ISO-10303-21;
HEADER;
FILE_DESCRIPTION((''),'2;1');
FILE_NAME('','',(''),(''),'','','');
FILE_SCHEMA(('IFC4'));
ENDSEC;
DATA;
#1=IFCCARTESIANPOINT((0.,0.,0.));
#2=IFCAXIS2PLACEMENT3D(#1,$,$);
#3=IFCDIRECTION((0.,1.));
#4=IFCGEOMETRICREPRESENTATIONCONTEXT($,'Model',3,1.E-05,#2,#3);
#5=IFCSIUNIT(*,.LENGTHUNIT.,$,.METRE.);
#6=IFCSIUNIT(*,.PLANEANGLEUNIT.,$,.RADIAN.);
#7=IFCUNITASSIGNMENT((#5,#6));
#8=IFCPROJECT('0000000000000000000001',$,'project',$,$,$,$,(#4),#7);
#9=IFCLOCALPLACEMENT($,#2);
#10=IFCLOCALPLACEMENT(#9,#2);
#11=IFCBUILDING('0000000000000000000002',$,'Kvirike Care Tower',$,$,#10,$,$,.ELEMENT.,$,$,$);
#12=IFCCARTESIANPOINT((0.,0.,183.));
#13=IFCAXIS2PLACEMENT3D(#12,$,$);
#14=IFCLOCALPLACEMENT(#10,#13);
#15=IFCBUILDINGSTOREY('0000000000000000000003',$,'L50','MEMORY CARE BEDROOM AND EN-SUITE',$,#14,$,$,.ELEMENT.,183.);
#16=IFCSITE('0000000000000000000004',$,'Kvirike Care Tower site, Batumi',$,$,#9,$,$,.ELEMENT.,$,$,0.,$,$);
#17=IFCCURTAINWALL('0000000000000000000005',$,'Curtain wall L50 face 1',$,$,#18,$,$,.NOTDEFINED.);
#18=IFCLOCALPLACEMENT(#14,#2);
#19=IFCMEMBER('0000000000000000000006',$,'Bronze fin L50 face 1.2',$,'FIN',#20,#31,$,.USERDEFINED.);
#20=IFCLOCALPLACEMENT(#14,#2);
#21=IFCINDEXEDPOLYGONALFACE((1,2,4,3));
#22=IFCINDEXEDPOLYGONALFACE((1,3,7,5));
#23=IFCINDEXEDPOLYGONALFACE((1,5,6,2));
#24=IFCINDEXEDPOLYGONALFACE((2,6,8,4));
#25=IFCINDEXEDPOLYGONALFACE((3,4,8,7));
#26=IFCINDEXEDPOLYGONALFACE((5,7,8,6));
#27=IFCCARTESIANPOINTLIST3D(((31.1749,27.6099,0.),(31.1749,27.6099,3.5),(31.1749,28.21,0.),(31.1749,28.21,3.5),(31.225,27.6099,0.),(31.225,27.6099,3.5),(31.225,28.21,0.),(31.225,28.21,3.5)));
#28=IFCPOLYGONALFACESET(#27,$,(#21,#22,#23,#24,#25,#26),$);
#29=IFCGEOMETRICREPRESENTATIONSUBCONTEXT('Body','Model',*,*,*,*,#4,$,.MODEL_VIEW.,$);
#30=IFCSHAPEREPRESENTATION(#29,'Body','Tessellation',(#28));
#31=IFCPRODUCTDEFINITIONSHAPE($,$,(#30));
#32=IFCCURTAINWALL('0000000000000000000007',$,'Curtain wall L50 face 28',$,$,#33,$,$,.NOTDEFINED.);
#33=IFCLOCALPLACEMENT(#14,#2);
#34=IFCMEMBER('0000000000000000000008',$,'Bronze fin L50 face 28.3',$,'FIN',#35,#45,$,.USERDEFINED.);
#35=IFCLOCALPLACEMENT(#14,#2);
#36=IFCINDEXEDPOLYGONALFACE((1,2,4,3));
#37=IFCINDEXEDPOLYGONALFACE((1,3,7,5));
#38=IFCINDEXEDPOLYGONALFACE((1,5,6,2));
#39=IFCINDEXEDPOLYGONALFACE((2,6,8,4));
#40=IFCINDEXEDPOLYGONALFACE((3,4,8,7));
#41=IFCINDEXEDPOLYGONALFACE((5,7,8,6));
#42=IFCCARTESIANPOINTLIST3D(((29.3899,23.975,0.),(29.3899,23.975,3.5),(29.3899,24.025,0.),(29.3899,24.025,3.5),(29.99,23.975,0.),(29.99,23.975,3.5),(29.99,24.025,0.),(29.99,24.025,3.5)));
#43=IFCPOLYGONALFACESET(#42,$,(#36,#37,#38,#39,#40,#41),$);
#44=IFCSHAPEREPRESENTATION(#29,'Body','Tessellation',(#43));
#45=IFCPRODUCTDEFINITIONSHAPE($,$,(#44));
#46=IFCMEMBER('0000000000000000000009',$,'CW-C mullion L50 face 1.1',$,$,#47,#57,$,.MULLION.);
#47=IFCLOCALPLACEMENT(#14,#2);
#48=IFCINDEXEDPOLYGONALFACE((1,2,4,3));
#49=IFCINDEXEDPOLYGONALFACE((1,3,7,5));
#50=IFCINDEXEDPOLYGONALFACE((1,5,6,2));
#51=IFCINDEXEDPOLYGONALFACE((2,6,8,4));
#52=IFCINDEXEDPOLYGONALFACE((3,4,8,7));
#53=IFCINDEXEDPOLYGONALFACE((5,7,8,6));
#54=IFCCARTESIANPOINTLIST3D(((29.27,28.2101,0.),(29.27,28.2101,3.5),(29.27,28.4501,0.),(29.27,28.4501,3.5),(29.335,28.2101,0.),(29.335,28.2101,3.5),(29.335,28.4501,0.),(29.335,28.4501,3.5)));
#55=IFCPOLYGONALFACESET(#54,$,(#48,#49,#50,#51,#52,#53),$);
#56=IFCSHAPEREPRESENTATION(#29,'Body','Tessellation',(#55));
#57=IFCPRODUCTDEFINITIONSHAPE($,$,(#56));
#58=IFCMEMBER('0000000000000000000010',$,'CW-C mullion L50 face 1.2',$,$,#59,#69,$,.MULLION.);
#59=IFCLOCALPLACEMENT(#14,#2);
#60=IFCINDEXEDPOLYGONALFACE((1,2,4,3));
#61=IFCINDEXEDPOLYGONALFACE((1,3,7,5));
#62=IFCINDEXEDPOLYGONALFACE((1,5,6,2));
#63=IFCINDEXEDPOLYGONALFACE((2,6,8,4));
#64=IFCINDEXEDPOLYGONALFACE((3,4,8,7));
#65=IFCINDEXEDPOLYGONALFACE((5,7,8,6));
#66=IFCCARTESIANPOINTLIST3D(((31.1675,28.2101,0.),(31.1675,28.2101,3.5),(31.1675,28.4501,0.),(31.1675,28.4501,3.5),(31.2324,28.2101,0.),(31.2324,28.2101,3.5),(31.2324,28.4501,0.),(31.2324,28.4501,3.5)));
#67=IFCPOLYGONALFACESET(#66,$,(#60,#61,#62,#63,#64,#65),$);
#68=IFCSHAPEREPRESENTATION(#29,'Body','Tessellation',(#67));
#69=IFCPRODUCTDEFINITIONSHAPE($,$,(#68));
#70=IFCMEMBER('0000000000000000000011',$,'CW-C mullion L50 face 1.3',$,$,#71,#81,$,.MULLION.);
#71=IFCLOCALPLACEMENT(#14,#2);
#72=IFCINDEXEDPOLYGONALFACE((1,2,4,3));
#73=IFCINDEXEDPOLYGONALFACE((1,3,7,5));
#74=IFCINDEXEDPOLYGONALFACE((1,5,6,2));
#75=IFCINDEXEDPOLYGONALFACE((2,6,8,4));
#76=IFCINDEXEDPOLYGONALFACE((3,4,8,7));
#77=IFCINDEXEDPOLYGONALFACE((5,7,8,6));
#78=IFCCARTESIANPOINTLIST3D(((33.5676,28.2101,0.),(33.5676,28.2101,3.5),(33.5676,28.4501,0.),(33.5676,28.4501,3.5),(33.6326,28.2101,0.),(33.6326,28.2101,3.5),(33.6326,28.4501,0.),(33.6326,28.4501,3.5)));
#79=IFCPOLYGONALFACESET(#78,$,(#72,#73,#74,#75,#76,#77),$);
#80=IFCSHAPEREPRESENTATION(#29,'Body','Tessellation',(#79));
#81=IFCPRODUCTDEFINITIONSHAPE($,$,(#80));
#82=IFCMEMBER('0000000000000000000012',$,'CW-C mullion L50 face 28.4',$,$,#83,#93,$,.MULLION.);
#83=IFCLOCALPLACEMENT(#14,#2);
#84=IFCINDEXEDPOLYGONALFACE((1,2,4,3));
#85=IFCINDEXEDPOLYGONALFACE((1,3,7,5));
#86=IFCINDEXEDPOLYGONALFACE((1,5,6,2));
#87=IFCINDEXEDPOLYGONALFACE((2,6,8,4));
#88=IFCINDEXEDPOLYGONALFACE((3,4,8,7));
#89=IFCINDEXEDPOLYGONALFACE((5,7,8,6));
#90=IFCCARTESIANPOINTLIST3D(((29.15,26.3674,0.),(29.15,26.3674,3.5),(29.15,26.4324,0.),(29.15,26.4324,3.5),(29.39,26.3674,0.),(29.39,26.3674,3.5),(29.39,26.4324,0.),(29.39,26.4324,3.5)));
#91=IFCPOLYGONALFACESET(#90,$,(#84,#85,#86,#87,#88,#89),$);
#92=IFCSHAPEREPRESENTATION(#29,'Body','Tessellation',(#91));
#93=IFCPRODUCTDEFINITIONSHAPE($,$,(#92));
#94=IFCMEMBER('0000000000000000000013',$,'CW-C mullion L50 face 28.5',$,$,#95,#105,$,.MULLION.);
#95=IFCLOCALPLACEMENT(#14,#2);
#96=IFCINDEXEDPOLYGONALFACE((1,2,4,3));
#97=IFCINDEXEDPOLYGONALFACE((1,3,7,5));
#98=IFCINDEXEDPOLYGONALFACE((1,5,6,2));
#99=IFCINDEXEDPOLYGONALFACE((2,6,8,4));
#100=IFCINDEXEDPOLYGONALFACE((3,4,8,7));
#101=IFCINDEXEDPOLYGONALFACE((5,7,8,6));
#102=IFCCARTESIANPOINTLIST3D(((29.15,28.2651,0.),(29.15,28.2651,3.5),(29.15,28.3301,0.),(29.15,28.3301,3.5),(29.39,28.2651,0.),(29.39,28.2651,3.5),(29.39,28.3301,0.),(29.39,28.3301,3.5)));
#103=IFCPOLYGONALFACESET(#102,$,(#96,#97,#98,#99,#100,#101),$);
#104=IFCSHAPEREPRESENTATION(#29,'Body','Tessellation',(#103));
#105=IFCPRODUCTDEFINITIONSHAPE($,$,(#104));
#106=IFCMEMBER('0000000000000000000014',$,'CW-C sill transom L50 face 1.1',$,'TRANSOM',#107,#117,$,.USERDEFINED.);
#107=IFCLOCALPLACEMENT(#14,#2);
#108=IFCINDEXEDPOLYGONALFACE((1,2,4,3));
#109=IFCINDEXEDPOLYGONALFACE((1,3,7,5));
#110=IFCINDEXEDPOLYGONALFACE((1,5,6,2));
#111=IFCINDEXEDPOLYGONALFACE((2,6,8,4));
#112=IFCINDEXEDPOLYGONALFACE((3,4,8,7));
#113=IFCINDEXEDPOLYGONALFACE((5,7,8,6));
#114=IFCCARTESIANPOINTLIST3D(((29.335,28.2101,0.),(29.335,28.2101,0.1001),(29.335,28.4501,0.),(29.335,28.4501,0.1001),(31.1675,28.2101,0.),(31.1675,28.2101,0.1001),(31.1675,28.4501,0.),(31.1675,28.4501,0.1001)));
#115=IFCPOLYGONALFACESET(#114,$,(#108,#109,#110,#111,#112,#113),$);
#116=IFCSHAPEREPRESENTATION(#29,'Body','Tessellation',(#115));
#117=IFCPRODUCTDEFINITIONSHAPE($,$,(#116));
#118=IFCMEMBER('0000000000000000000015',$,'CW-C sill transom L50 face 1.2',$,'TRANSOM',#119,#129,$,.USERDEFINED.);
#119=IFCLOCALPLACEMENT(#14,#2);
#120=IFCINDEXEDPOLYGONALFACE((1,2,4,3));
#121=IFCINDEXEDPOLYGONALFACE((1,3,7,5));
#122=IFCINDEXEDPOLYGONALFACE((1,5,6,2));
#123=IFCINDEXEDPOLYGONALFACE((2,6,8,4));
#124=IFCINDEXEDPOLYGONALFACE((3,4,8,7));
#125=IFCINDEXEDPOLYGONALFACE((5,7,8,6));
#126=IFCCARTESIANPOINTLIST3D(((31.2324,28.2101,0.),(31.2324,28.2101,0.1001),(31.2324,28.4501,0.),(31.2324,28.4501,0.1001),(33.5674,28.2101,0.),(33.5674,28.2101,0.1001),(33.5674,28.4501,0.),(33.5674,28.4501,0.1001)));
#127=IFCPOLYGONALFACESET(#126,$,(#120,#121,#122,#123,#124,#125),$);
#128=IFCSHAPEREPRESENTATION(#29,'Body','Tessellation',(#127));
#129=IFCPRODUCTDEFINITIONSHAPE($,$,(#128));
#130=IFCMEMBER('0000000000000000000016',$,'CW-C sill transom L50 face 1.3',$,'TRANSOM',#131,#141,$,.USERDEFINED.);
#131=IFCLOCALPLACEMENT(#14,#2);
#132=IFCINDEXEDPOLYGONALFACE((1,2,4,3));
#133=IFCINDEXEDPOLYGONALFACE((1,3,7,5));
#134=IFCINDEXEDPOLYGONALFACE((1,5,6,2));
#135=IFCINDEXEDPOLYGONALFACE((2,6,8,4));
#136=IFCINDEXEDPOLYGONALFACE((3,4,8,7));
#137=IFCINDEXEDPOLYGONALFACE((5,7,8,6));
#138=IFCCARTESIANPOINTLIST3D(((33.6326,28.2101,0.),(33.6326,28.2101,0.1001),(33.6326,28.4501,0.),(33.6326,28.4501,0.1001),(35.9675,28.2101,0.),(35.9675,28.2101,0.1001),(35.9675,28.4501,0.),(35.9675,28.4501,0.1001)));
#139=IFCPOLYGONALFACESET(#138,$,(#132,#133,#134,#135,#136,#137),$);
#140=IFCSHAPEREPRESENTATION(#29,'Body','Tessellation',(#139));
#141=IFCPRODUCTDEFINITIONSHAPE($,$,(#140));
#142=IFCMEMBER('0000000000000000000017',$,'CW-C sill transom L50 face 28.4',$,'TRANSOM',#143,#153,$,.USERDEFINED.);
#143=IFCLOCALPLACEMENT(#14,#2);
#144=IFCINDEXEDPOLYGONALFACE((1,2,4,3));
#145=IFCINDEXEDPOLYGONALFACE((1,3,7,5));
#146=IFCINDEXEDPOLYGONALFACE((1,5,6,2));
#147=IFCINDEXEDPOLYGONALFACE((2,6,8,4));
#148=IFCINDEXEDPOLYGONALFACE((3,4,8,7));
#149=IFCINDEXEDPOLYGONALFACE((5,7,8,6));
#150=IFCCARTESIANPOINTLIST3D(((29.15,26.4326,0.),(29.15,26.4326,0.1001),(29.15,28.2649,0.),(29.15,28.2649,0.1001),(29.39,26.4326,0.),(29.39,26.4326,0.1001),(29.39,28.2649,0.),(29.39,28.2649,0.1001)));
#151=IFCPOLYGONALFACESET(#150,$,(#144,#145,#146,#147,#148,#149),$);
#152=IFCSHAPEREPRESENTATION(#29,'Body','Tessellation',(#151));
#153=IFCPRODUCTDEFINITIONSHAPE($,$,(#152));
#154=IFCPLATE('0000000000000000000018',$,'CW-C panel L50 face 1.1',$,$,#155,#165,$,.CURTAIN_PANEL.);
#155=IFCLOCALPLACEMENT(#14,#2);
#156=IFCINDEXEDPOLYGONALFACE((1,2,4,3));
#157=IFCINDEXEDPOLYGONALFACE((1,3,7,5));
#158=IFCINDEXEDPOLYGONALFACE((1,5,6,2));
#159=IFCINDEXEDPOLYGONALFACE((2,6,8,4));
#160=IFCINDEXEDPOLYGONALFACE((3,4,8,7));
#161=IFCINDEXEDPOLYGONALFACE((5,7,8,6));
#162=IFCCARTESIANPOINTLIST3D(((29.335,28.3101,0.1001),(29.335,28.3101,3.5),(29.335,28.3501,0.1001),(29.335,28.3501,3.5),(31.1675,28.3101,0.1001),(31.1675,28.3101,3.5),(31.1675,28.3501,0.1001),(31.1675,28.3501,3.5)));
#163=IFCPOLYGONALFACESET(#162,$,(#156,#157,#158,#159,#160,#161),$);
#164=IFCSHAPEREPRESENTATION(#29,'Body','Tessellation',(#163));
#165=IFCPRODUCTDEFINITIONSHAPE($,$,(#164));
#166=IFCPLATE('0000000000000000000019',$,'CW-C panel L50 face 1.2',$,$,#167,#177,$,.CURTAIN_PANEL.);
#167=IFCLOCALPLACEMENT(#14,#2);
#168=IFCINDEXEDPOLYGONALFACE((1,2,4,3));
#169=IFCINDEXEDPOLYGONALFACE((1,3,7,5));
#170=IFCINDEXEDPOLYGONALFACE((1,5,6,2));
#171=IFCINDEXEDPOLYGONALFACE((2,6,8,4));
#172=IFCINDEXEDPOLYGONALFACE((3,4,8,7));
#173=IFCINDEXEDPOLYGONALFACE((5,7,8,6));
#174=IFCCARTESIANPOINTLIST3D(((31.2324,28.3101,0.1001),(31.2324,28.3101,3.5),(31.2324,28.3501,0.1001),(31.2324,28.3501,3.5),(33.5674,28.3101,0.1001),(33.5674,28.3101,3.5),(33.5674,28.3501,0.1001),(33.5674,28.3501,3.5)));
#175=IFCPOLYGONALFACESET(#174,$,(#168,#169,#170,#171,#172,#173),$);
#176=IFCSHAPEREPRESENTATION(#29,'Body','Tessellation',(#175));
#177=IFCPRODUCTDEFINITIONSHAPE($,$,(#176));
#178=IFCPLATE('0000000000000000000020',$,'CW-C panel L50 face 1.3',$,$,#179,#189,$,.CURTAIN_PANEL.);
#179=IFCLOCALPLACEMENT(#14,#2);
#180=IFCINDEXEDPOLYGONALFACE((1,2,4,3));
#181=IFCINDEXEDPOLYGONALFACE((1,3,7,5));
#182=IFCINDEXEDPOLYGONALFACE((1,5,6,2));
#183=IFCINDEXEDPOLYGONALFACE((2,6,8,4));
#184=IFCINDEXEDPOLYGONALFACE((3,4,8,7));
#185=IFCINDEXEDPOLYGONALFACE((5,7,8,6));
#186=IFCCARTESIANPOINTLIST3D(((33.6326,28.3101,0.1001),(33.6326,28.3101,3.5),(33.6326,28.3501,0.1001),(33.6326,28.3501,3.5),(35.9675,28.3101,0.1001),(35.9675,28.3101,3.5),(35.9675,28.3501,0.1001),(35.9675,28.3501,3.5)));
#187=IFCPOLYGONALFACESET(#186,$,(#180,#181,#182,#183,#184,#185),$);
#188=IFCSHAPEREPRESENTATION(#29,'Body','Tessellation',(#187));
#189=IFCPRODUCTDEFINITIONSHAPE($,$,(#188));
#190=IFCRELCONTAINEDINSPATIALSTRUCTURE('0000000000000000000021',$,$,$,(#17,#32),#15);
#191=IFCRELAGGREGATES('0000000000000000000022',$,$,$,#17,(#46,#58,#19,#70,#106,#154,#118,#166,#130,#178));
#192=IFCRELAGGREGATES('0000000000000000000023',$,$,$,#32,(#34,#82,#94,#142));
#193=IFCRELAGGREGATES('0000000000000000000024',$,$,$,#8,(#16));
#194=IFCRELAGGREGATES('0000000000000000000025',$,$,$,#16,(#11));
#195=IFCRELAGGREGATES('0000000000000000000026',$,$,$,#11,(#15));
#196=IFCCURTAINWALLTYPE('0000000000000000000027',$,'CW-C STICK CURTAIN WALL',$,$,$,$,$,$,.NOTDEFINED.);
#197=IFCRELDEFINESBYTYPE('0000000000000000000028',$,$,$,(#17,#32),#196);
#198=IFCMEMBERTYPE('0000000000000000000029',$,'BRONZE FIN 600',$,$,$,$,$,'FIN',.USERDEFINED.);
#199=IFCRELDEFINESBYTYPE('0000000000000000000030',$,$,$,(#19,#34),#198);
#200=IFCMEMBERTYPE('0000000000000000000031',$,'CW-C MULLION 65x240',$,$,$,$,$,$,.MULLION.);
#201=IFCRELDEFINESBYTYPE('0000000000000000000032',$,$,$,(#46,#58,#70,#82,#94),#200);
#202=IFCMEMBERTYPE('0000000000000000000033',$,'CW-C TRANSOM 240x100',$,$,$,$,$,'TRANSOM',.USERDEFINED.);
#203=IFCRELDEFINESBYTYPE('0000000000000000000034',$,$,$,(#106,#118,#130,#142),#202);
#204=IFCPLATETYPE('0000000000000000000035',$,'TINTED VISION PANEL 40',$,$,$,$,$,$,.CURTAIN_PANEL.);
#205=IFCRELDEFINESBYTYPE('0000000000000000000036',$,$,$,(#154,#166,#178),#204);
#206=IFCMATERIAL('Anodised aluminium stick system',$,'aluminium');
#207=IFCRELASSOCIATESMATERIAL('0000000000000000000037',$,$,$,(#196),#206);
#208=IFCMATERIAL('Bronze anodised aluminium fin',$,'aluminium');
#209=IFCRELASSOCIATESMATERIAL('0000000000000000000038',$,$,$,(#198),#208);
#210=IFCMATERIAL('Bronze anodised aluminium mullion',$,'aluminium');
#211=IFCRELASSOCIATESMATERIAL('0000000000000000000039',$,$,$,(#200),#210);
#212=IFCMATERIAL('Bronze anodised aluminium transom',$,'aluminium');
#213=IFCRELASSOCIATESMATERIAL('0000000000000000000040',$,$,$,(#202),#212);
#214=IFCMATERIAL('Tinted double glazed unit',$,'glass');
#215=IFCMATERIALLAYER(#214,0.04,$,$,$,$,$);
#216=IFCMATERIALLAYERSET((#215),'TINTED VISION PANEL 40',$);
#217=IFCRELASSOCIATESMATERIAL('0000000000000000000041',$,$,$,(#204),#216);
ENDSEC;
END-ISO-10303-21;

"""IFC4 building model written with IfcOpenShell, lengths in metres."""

from ifc_helpers import new_model, si_unit, direction, frame, origin, origin_2d, place, context, subcontext, project, spatial, rectangle, extrude, material, layer, layer_set, material_profile, profile_set, type_object, element, aggregate, save


model = new_model("IFC4")

# Units and contexts
model_context = context("Model", 3, precision=1e-05, world=origin(), true_north=direction((0.0, 1.0)))
body_context = subcontext(model_context, "Body", "Model", "MODEL_VIEW")
ifc_project = project(units=[si_unit("LENGTHUNIT", "METRE"), si_unit("PLANEANGLEUNIT", "RADIAN")], contexts=[model_context])

# Site, building, storey
site_placement = place(None, origin())
site = spatial("IfcSite", under=ifc_project, at=site_placement, Name="Kvirike Care Tower site, Batumi", CompositionType="ELEMENT", RefElevation=0.0)
building_placement = place(site_placement, origin())
building = spatial("IfcBuilding", under=site, at=building_placement, Name="Kvirike Care Tower", CompositionType="ELEMENT")
storey_placement = place(building_placement, frame((0.0, 0.0, 183.0)))
storey = spatial("IfcBuildingStorey", under=building, at=storey_placement, Name="L50", Description="MEMORY CARE BEDROOM AND EN-SUITE", CompositionType="ELEMENT", Elevation=183.0)

# Curtain walls, members
ifc_material_1 = material(Name="Anodised aluminium stick system", Category="aluminium")
curtain_wall_type = type_object("IfcCurtainWallType", Name="CW-C STICK CURTAIN WALL", PredefinedType="NOTDEFINED", material=ifc_material_1)
curtain_wall_1_placement = place(storey_placement, origin())
curtain_wall_1 = element("IfcCurtainWall", 1, at=curtain_wall_1_placement, inside=storey, type_object=curtain_wall_type, Name="Curtain wall L50 face 1", PredefinedType="NOTDEFINED")
ifc_material_2 = material(Name="Bronze anodised aluminium fin", Category="aluminium")
ifc_material_profile_1 = material_profile(ifc_material_2, rectangle(XDim=0.05, YDim=0.6001, at=origin_2d()), Name="BRONZE FIN 600")
ifc_profile_set_1 = profile_set([ifc_material_profile_1], Name="Bronze anodised aluminium fin")
member_type_1 = type_object("IfcMemberType", Name="BRONZE FIN 600", ElementType="FIN", PredefinedType="USERDEFINED", material=ifc_profile_set_1)
member_1_placement = place(storey_placement, frame((31.2, 27.9099, 0.0), z_axis=(0.0, 0.0, 1.0), x_axis=(1.0, 0.0, 0.0)))
member_1 = element("IfcMember", 2, at=member_1_placement, type_object=member_type_1, Name="Bronze fin L50 face 1.2", ObjectType="FIN", PredefinedType="USERDEFINED", context=body_context, shape_type="SweptSolid", body=[
    extrude(rectangle(XDim=0.05, YDim=0.6001, at=origin_2d()), origin(), (0.0, 0.0, 1.0), 3.5),
])
curtain_wall_2_placement = place(storey_placement, origin())
curtain_wall_2 = element("IfcCurtainWall", 3, at=curtain_wall_2_placement, inside=storey, type_object=curtain_wall_type, Name="Curtain wall L50 face 28", PredefinedType="NOTDEFINED")
member_2_placement = place(storey_placement, frame((29.6899, 24.0, 0.0), z_axis=(0.0, 0.0, 1.0), x_axis=(0.0, 1.0, 0.0)))
member_2 = element("IfcMember", 4, at=member_2_placement, type_object=member_type_1, Name="Bronze fin L50 face 28.3", ObjectType="FIN", PredefinedType="USERDEFINED", context=body_context, shape_type="SweptSolid", body=[
    extrude(rectangle(XDim=0.05, YDim=0.6001, at=origin_2d()), origin(), (0.0, 0.0, 1.0), 3.5),
])

# Members
ifc_material_3 = material(Name="Bronze anodised aluminium mullion", Category="aluminium")
ifc_material_profile_2 = material_profile(ifc_material_3, rectangle(XDim=0.0649, YDim=0.24, at=origin_2d()), Name="CW-C MULLION 65x240")
ifc_profile_set_2 = profile_set([ifc_material_profile_2], Name="Bronze anodised aluminium mullion")
member_type_2 = type_object("IfcMemberType", Name="CW-C MULLION 65x240", PredefinedType="MULLION", material=ifc_profile_set_2)
member_3_placement = place(storey_placement, frame((29.3025, 28.3301, 0.0), z_axis=(0.0, 0.0, 1.0), x_axis=(1.0, 0.0, 0.0)))
member_3 = element("IfcMember", 5, at=member_3_placement, type_object=member_type_2, Name="CW-C mullion L50 face 1.1", PredefinedType="MULLION", context=body_context, shape_type="SweptSolid", body=[
    extrude(rectangle(XDim=0.0649, YDim=0.24, at=origin_2d()), origin(), (0.0, 0.0, 1.0), 3.5),
])
member_4_placement = place(storey_placement, frame((31.2, 28.3301, 0.0), z_axis=(0.0, 0.0, 1.0), x_axis=(1.0, 0.0, 0.0)))
member_4 = element("IfcMember", 6, at=member_4_placement, type_object=member_type_2, Name="CW-C mullion L50 face 1.2", PredefinedType="MULLION", context=body_context, shape_type="SweptSolid", body=[
    extrude(rectangle(XDim=0.0649, YDim=0.24, at=origin_2d()), origin(), (0.0, 0.0, 1.0), 3.5),
])
member_5_placement = place(storey_placement, frame((33.6001, 28.3301, 0.0), z_axis=(0.0, 0.0, 1.0), x_axis=(1.0, 0.0, 0.0)))
member_5 = element("IfcMember", 7, at=member_5_placement, type_object=member_type_2, Name="CW-C mullion L50 face 1.3", PredefinedType="MULLION", context=body_context, shape_type="SweptSolid", body=[
    extrude(rectangle(XDim=0.0649, YDim=0.24, at=origin_2d()), origin(), (0.0, 0.0, 1.0), 3.5),
])
member_6_placement = place(storey_placement, frame((29.27, 26.3999, 0.0), z_axis=(0.0, 0.0, 1.0), x_axis=(0.0, 1.0, 0.0)))
member_6 = element("IfcMember", 8, at=member_6_placement, type_object=member_type_2, Name="CW-C mullion L50 face 28.4", PredefinedType="MULLION", context=body_context, shape_type="SweptSolid", body=[
    extrude(rectangle(XDim=0.0649, YDim=0.24, at=origin_2d()), origin(), (0.0, 0.0, 1.0), 3.5),
])
member_7_placement = place(storey_placement, frame((29.27, 28.2976, 0.0), z_axis=(0.0, 0.0, 1.0), x_axis=(0.0, 1.0, 0.0)))
member_7 = element("IfcMember", 9, at=member_7_placement, type_object=member_type_2, Name="CW-C mullion L50 face 28.5", PredefinedType="MULLION", context=body_context, shape_type="SweptSolid", body=[
    extrude(rectangle(XDim=0.0649, YDim=0.24, at=origin_2d()), origin(), (0.0, 0.0, 1.0), 3.5),
])
ifc_material_4 = material(Name="Bronze anodised aluminium transom", Category="aluminium")
ifc_material_profile_3 = material_profile(ifc_material_4, rectangle(XDim=0.24, YDim=0.1001, at=origin_2d()), Name="CW-C TRANSOM 240x100")
ifc_profile_set_3 = profile_set([ifc_material_profile_3], Name="Bronze anodised aluminium transom")
member_type_3 = type_object("IfcMemberType", Name="CW-C TRANSOM 240x100", ElementType="TRANSOM", PredefinedType="USERDEFINED", material=ifc_profile_set_3)
member_8_placement = place(storey_placement, frame((29.335, 28.3301, 0.05), z_axis=(1.0, 0.0, 0.0), x_axis=(0.0, 1.0, 0.0)))
member_8 = element("IfcMember", 10, at=member_8_placement, type_object=member_type_3, Name="CW-C sill transom L50 face 1.1", ObjectType="TRANSOM", PredefinedType="USERDEFINED", context=body_context, shape_type="SweptSolid", body=[
    extrude(rectangle(XDim=0.24, YDim=0.1001, at=origin_2d()), origin(), (0.0, 0.0, 1.0), 1.8325),
])
member_9_placement = place(storey_placement, frame((31.2324, 28.3301, 0.05), z_axis=(1.0, 0.0, 0.0), x_axis=(0.0, 1.0, 0.0)))
member_9 = element("IfcMember", 11, at=member_9_placement, type_object=member_type_3, Name="CW-C sill transom L50 face 1.2", ObjectType="TRANSOM", PredefinedType="USERDEFINED", context=body_context, shape_type="SweptSolid", body=[
    extrude(rectangle(XDim=0.24, YDim=0.1001, at=origin_2d()), origin(), (0.0, 0.0, 1.0), 2.335),
])
member_10_placement = place(storey_placement, frame((33.6326, 28.3301, 0.05), z_axis=(1.0, 0.0, 0.0), x_axis=(0.0, 1.0, 0.0)))
member_10 = element("IfcMember", 12, at=member_10_placement, type_object=member_type_3, Name="CW-C sill transom L50 face 1.3", ObjectType="TRANSOM", PredefinedType="USERDEFINED", context=body_context, shape_type="SweptSolid", body=[
    extrude(rectangle(XDim=0.24, YDim=0.1001, at=origin_2d()), origin(), (0.0, 0.0, 1.0), 2.335),
])
member_11_placement = place(storey_placement, frame((29.27, 26.4326, 0.05), z_axis=(0.0, 1.0, 0.0), x_axis=(-1.0, 0.0, 0.0)))
member_11 = element("IfcMember", 13, at=member_11_placement, type_object=member_type_3, Name="CW-C sill transom L50 face 28.4", ObjectType="TRANSOM", PredefinedType="USERDEFINED", context=body_context, shape_type="SweptSolid", body=[
    extrude(rectangle(XDim=0.24, YDim=0.1001, at=origin_2d()), origin(), (0.0, 0.0, 1.0), 1.8323),
])

# Plates
ifc_material_5 = material(Name="Tinted double glazed unit", Category="glass")
ifc_layer = layer(ifc_material_5, 0.04)
ifc_layer_set = layer_set([ifc_layer], Name="TINTED VISION PANEL 40")
plate_type = type_object("IfcPlateType", Name="TINTED VISION PANEL 40", PredefinedType="CURTAIN_PANEL", material=ifc_layer_set)
plate_1_placement = place(storey_placement, frame((30.2512, 28.3301, 0.1001), z_axis=(0.0, 0.0, 1.0), x_axis=(1.0, 0.0, 0.0)))
plate_1 = element("IfcPlate", 14, at=plate_1_placement, type_object=plate_type, Name="CW-C panel L50 face 1.1", PredefinedType="CURTAIN_PANEL", context=body_context, shape_type="SweptSolid", body=[
    extrude(rectangle(XDim=1.8325, YDim=0.04, at=origin_2d()), origin(), (0.0, 0.0, 1.0), 3.3999),
])
plate_2_placement = place(storey_placement, frame((32.3999, 28.3301, 0.1001), z_axis=(0.0, 0.0, 1.0), x_axis=(1.0, 0.0, 0.0)))
plate_2 = element("IfcPlate", 15, at=plate_2_placement, type_object=plate_type, Name="CW-C panel L50 face 1.2", PredefinedType="CURTAIN_PANEL", context=body_context, shape_type="SweptSolid", body=[
    extrude(rectangle(XDim=2.335, YDim=0.04, at=origin_2d()), origin(), (0.0, 0.0, 1.0), 3.3999),
])
plate_3_placement = place(storey_placement, frame((34.8, 28.3301, 0.1001), z_axis=(0.0, 0.0, 1.0), x_axis=(1.0, 0.0, 0.0)))
plate_3 = element("IfcPlate", 16, at=plate_3_placement, type_object=plate_type, Name="CW-C panel L50 face 1.3", PredefinedType="CURTAIN_PANEL", context=body_context, shape_type="SweptSolid", body=[
    extrude(rectangle(XDim=2.335, YDim=0.04, at=origin_2d()), origin(), (0.0, 0.0, 1.0), 3.3999),
])
aggregate(curtain_wall_1, [member_3, member_4, member_1, member_5, member_8, plate_1, member_9, plate_2, member_10, plate_3])
aggregate(curtain_wall_2, [member_2, member_6, member_7, member_11])

save(model, "model.ifc")
